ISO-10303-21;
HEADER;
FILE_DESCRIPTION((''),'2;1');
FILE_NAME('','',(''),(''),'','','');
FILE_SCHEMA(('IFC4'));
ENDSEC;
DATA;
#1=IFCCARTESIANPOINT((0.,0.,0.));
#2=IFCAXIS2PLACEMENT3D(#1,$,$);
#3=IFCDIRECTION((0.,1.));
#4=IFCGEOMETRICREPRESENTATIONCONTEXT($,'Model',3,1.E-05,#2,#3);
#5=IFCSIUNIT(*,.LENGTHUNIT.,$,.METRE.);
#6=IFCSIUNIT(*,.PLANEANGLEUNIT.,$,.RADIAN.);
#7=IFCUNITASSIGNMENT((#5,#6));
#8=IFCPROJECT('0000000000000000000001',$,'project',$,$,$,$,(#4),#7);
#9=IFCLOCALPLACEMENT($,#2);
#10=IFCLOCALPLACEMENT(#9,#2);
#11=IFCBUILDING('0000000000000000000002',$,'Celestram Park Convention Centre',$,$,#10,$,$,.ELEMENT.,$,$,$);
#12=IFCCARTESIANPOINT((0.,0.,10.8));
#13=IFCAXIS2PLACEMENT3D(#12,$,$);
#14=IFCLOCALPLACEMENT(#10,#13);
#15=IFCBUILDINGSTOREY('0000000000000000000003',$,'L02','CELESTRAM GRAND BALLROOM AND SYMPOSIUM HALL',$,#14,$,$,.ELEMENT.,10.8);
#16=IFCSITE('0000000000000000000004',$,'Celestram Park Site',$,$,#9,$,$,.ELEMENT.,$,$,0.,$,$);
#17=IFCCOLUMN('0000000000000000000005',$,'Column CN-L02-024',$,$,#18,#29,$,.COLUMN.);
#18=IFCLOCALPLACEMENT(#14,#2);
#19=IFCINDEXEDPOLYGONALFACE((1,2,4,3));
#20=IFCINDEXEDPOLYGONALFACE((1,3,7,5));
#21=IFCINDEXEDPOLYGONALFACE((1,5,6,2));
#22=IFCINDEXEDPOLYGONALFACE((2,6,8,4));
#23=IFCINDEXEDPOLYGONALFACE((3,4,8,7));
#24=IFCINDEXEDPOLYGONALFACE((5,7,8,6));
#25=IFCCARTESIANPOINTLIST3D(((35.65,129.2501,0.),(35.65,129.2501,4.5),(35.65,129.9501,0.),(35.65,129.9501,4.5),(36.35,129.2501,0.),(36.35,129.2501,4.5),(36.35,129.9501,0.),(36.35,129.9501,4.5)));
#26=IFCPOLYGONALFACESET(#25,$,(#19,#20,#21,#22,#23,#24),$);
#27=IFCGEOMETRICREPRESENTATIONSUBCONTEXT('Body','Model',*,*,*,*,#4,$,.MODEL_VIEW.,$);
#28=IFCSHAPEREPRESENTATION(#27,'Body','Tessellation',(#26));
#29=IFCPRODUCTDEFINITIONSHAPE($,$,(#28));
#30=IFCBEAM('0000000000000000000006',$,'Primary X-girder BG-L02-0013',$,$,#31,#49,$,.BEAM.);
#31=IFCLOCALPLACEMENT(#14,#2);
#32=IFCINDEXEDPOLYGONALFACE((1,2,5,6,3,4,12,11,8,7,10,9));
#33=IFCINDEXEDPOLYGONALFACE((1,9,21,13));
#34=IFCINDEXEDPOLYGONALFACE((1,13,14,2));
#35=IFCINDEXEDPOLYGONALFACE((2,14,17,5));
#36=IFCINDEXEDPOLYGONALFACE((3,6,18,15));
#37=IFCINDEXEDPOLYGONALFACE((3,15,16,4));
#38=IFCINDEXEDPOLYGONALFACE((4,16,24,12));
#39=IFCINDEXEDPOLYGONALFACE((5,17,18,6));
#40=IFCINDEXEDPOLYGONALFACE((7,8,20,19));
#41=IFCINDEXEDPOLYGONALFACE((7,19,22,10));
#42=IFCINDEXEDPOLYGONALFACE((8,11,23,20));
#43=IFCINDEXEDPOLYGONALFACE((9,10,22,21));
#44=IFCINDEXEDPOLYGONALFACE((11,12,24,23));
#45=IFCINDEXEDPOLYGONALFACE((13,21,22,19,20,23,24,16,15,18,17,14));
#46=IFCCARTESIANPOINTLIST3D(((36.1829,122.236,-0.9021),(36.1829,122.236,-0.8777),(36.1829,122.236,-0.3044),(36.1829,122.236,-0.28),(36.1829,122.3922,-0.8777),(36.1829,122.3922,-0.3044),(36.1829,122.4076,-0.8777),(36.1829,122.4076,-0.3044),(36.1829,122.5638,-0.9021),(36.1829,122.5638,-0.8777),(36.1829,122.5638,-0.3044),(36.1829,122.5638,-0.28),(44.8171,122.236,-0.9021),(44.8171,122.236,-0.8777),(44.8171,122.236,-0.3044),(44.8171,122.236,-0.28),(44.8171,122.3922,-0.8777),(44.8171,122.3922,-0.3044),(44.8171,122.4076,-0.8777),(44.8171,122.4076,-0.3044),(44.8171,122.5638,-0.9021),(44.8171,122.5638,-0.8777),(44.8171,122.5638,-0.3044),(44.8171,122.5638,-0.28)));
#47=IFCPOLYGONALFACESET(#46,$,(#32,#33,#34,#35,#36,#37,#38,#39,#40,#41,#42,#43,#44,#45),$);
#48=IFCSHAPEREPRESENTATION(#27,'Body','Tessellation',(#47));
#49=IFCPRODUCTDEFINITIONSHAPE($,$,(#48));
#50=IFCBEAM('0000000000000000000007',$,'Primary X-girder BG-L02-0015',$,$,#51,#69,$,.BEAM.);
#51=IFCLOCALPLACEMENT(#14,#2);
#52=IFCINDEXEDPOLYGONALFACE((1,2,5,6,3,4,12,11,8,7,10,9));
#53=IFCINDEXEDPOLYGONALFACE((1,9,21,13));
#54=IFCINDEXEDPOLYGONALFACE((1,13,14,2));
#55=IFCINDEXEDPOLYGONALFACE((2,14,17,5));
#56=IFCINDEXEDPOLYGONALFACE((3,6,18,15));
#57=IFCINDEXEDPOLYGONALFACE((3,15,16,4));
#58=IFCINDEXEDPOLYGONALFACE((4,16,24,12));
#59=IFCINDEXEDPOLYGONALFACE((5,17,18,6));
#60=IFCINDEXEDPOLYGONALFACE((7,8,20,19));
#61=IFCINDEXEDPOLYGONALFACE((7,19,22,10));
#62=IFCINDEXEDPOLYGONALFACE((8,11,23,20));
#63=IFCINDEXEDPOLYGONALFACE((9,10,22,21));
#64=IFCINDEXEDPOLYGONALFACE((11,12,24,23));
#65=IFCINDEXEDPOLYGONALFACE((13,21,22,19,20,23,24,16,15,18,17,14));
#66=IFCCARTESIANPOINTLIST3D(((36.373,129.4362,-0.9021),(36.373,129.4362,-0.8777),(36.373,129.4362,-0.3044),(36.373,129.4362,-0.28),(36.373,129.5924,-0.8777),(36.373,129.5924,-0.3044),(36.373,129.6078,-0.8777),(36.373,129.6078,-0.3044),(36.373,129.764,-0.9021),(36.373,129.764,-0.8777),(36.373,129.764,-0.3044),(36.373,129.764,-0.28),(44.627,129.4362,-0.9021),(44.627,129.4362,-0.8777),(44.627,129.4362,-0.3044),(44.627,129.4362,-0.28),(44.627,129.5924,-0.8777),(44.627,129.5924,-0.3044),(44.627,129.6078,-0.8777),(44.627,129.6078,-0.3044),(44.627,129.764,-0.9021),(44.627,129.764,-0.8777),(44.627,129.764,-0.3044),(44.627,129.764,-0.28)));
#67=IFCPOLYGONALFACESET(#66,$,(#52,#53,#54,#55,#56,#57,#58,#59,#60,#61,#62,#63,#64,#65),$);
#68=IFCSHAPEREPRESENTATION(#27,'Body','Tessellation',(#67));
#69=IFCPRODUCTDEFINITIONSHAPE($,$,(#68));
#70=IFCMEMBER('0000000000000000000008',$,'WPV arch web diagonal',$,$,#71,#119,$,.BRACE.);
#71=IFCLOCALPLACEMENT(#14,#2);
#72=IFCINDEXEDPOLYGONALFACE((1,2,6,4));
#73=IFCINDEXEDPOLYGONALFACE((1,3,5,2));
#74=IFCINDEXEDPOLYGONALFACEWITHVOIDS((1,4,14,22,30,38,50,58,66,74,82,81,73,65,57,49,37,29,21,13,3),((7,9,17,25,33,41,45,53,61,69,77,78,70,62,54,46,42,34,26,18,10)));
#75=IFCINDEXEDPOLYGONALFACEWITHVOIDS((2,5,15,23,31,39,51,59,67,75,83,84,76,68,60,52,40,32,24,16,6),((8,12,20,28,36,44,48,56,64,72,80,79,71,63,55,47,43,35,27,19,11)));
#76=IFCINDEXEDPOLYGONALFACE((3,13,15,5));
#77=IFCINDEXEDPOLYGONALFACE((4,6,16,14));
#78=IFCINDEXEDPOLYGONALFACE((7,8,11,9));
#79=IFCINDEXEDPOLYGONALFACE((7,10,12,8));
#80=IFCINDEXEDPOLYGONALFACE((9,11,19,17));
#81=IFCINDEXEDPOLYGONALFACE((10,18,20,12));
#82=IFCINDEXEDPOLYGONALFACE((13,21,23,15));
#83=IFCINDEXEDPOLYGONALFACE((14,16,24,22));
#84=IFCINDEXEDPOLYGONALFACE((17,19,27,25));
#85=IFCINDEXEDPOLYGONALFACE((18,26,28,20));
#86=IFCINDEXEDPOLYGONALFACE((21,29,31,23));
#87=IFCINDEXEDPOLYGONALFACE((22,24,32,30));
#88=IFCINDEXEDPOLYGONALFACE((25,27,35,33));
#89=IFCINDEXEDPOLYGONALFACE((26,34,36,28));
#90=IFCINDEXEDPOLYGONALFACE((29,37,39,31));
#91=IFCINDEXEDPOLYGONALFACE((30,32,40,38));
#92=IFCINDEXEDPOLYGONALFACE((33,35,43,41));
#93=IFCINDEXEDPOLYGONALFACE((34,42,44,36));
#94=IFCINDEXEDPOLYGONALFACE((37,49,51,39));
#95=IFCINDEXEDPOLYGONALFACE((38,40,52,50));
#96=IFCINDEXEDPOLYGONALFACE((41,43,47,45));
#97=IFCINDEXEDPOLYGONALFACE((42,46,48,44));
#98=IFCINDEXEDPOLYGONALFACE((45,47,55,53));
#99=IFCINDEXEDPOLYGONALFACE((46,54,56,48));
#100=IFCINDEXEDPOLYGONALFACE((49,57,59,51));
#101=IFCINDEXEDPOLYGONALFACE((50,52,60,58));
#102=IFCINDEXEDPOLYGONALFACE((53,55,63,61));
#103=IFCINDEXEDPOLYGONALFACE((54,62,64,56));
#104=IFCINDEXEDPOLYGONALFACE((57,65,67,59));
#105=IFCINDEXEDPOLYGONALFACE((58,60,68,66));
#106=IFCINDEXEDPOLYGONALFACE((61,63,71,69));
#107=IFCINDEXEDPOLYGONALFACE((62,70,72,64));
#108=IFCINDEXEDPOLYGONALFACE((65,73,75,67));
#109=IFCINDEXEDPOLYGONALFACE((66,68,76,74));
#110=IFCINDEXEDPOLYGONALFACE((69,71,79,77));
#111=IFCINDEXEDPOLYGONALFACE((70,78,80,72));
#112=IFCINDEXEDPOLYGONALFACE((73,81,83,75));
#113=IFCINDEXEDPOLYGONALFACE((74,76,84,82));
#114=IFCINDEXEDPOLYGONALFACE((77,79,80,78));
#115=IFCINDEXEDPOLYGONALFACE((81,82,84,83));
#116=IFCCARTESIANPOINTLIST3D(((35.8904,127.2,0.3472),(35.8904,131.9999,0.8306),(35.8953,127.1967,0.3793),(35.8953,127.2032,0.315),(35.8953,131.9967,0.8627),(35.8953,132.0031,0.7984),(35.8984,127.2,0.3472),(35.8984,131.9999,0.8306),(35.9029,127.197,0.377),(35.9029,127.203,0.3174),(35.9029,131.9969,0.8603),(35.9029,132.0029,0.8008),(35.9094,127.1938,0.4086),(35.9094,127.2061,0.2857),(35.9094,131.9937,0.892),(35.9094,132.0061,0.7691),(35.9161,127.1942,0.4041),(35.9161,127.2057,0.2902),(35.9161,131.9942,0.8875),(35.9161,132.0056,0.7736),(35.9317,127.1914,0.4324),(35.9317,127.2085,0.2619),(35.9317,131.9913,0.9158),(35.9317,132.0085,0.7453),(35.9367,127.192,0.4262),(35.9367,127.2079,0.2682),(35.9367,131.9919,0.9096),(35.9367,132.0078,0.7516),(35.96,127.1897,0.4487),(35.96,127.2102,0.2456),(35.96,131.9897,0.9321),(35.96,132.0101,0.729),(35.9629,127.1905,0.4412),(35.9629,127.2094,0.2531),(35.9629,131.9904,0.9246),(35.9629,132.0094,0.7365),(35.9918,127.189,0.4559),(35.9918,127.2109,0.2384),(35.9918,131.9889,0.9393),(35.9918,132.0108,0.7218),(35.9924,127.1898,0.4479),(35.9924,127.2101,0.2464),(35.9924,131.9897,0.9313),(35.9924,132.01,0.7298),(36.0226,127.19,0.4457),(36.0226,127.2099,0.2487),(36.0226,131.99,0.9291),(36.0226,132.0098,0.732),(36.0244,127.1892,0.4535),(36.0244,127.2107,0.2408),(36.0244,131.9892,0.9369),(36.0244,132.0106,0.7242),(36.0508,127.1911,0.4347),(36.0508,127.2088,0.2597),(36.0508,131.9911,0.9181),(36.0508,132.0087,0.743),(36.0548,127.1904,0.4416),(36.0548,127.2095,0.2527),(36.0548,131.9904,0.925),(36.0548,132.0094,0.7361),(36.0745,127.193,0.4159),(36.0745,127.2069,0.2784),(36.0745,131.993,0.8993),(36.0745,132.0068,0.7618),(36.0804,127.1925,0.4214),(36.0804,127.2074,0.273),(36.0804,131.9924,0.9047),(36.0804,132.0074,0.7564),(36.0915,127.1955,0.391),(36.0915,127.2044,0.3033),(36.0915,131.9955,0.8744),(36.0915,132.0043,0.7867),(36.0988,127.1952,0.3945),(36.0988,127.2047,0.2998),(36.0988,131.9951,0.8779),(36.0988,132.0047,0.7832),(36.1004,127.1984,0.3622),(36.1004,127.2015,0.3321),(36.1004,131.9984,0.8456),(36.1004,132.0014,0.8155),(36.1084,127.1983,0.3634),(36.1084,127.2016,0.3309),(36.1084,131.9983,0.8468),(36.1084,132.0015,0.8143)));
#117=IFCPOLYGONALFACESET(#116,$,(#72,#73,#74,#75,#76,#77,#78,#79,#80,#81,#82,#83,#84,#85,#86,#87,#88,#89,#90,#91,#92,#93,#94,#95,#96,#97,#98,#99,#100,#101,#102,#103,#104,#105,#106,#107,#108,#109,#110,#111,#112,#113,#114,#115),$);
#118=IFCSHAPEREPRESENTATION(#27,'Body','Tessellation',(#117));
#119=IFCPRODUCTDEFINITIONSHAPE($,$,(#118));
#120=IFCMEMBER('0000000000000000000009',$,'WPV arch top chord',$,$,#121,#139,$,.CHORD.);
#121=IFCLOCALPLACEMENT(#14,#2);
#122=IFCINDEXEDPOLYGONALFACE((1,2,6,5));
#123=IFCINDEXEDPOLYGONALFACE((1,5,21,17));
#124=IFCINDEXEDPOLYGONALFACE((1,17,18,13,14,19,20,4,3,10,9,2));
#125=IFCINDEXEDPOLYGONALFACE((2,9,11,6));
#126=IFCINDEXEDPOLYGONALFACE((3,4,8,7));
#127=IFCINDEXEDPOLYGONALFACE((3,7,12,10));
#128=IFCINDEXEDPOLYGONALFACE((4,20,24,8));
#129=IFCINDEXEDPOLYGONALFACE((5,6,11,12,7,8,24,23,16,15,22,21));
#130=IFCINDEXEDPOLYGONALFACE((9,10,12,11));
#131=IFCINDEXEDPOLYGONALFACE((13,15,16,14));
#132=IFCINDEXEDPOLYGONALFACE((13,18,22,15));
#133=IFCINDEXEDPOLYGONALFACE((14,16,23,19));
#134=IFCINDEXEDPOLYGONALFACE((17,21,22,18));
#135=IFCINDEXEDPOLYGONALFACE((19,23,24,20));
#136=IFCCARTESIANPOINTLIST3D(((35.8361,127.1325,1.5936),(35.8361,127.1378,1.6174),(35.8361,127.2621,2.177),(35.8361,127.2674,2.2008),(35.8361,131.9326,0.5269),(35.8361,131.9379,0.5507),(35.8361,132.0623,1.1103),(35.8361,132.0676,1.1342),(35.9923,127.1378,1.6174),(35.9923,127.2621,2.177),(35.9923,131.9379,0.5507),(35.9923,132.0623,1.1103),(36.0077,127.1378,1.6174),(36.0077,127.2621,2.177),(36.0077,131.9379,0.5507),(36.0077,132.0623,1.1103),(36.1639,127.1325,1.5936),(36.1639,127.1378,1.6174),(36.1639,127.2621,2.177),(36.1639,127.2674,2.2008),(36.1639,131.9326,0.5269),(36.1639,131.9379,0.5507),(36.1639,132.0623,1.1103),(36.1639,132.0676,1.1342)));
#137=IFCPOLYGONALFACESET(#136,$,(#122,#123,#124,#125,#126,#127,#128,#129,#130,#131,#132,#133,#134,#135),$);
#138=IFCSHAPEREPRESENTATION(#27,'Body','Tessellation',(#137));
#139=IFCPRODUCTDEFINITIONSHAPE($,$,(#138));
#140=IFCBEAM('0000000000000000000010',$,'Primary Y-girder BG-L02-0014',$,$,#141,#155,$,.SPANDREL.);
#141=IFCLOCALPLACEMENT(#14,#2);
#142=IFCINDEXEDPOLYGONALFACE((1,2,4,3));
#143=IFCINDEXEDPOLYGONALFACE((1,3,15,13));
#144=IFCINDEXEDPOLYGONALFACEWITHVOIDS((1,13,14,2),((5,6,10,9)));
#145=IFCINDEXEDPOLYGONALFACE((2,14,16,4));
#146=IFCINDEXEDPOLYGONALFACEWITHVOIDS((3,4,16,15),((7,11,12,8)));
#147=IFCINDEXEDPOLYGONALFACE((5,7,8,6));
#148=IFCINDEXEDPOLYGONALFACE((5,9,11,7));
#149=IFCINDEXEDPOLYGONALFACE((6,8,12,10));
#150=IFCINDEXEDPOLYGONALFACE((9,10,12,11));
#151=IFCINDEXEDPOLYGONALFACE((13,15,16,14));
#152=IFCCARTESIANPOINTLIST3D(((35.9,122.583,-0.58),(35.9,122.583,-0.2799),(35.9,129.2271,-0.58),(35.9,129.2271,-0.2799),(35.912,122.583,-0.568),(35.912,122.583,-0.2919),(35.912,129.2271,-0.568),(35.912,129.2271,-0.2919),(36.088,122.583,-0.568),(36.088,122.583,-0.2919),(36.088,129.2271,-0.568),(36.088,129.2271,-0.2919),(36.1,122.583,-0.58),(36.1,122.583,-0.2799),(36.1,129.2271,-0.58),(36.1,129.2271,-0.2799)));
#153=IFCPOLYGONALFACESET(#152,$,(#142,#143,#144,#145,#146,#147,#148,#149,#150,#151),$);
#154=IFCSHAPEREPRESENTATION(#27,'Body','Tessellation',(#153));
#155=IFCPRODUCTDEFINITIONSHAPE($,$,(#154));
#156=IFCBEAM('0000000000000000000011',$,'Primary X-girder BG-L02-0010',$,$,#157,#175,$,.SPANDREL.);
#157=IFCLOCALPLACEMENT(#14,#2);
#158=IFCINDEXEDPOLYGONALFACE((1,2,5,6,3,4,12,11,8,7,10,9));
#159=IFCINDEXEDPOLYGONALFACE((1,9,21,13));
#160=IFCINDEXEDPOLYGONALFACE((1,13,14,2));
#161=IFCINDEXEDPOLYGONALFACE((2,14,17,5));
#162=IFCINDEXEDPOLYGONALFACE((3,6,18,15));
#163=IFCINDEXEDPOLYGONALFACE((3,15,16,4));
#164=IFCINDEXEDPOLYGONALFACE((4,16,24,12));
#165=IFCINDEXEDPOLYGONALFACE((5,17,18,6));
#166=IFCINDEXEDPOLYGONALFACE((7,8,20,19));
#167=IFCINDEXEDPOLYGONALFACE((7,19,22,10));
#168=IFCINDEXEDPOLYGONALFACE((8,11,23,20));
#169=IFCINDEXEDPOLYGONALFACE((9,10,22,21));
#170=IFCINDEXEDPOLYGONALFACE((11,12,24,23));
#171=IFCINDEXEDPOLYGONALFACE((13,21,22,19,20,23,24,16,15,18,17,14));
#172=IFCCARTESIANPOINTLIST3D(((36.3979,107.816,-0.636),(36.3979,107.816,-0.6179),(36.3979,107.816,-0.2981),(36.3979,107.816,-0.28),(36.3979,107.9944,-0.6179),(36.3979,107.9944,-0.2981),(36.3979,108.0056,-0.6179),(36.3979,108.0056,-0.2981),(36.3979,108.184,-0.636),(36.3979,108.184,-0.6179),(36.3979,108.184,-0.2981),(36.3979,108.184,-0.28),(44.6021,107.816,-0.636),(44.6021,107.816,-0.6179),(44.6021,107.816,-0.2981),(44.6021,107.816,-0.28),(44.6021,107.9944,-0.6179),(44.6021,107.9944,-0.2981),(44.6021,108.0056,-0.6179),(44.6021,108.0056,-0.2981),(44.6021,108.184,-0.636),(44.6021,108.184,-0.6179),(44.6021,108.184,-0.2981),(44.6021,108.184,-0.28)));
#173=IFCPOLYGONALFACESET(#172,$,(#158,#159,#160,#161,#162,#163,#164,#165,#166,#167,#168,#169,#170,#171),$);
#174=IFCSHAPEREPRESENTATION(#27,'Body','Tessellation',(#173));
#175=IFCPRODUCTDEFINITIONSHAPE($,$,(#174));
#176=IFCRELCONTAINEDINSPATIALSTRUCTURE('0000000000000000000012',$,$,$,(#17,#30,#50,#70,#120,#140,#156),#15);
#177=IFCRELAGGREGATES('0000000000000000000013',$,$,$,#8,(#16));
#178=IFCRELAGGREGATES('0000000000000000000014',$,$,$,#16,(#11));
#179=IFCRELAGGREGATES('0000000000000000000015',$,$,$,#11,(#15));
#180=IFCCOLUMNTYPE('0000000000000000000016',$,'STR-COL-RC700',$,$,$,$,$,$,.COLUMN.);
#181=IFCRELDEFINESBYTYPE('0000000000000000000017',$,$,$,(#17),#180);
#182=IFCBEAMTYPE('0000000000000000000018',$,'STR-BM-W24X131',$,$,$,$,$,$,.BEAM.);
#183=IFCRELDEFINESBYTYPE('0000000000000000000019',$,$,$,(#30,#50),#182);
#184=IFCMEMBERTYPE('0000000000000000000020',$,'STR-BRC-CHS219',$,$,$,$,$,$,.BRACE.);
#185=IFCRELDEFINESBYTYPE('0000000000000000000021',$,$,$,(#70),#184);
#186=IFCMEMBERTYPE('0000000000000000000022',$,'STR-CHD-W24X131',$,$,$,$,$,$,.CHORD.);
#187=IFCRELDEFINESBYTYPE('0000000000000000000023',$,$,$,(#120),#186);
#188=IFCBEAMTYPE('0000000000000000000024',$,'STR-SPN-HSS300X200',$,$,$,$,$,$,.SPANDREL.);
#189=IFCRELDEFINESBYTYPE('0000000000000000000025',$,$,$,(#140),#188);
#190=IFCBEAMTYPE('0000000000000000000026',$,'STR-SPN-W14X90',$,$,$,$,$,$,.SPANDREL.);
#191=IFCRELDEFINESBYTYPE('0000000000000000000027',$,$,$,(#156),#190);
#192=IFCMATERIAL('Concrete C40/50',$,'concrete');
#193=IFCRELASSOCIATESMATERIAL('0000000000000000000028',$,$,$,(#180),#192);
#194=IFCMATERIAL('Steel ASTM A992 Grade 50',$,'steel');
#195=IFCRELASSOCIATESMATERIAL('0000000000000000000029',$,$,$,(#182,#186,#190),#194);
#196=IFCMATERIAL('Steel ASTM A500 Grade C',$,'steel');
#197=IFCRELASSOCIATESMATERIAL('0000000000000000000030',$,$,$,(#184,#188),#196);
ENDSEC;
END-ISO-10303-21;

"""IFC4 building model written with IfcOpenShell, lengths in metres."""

from ifc_helpers import new_model, si_unit, direction, frame, origin, origin_2d, place, context, subcontext, project, spatial, rectangle, hollow_rectangle, hollow_circle, i_section, extrude, material, material_profile, profile_set, type_object, element, save


model = new_model("IFC4")

# Units and contexts
model_context = context("Model", 3, precision=1e-05, world=origin(), true_north=direction((0.0, 1.0)))
body_context = subcontext(model_context, "Body", "Model", "MODEL_VIEW")
ifc_project = project(units=[si_unit("LENGTHUNIT", "METRE"), si_unit("PLANEANGLEUNIT", "RADIAN")], contexts=[model_context])

# Site, building, storey
site_placement = place(None, origin())
site = spatial("IfcSite", under=ifc_project, at=site_placement, Name="Celestram Park Site", CompositionType="ELEMENT", RefElevation=0.0)
building_placement = place(site_placement, origin())
building = spatial("IfcBuilding", under=site, at=building_placement, Name="Celestram Park Convention Centre", CompositionType="ELEMENT")
storey_placement = place(building_placement, frame((0.0, 0.0, 10.8)))
storey = spatial("IfcBuildingStorey", under=building, at=storey_placement, Name="L02", Description="CELESTRAM GRAND BALLROOM AND SYMPOSIUM HALL", CompositionType="ELEMENT", Elevation=10.8)

# Column
ifc_material_1 = material(Name="Concrete C40/50", Category="concrete")
ifc_material_profile_1 = material_profile(ifc_material_1, rectangle(XDim=0.7, YDim=0.7, at=origin_2d()), Name="RC700X700")
ifc_profile_set_1 = profile_set([ifc_material_profile_1], Name="Concrete C40/50")
column_type = type_object("IfcColumnType", Name="STR-COL-RC700", PredefinedType="COLUMN", material=ifc_profile_set_1)
column_placement = place(storey_placement, frame((36.0, 129.6001, 0.0), z_axis=(0.0, 0.0, 1.0), x_axis=(1.0, 0.0, 0.0)))
element("IfcColumn", 1, at=column_placement, inside=storey, type_object=column_type, Name="Column CN-L02-024", PredefinedType="COLUMN", context=body_context, shape_type="SweptSolid", body=[
    extrude(rectangle(XDim=0.7, YDim=0.7, at=origin_2d()), origin(), (0.0, 0.0, 1.0), 4.5),
])

# Beams
ifc_material_2 = material(Name="Steel ASTM A992 Grade 50", Category="steel")
ifc_material_profile_2 = material_profile(ifc_material_2, i_section(OverallWidth=0.3279, OverallDepth=0.6221, WebThickness=0.0154, FlangeThickness=0.0244, at=origin_2d()), Name="W24X131")
ifc_profile_set_2 = profile_set([ifc_material_profile_2], Name="Steel ASTM A992 Grade 50")
beam_type_1 = type_object("IfcBeamType", Name="STR-BM-W24X131", PredefinedType="BEAM", material=ifc_profile_set_2)
beam_1_placement = place(storey_placement, frame((36.1829, 122.3999, -0.5911), z_axis=(1.0, 0.0, 0.0), x_axis=(0.0, 1.0, 0.0)))
element("IfcBeam", 2, at=beam_1_placement, inside=storey, type_object=beam_type_1, Name="Primary X-girder BG-L02-0013", PredefinedType="BEAM", context=body_context, shape_type="SweptSolid", body=[
    extrude(i_section(OverallWidth=0.3279, OverallDepth=0.6221, WebThickness=0.0154, FlangeThickness=0.0244, at=origin_2d()), origin(), (0.0, 0.0, 1.0), 8.6343),
])
beam_2_placement = place(storey_placement, frame((36.373, 129.6001, -0.5911), z_axis=(1.0, 0.0, 0.0), x_axis=(0.0, 1.0, 0.0)))
element("IfcBeam", 3, at=beam_2_placement, inside=storey, type_object=beam_type_1, Name="Primary X-girder BG-L02-0015", PredefinedType="BEAM", context=body_context, shape_type="SweptSolid", body=[
    extrude(i_section(OverallWidth=0.3279, OverallDepth=0.6221, WebThickness=0.0154, FlangeThickness=0.0244, at=origin_2d()), origin(), (0.0, 0.0, 1.0), 8.2539),
])

# Members
ifc_material_3 = material(Name="Steel ASTM A500 Grade C", Category="steel")
ifc_material_profile_3 = material_profile(ifc_material_3, hollow_circle(Radius=0.1096, WallThickness=0.0081, at=origin_2d()), Name="CHS219X8")
ifc_profile_set_3 = profile_set([ifc_material_profile_3], Name="Steel ASTM A500 Grade C")
member_type_1 = type_object("IfcMemberType", Name="STR-BRC-CHS219", PredefinedType="BRACE", material=ifc_profile_set_3)
member_1_placement = place(storey_placement, frame((36.0, 127.2, 0.3472), z_axis=(0.0, 0.994967, 0.1002), x_axis=(-1.0, 0.0, 0.0)))
element("IfcMember", 4, at=member_1_placement, inside=storey, type_object=member_type_1, Name="WPV arch web diagonal", PredefinedType="BRACE", context=body_context, shape_type="SweptSolid", body=[
    extrude(hollow_circle(Radius=0.1096, WallThickness=0.0081, at=origin_2d()), origin(), (0.0, 0.0, 1.0), 4.8242),
])
ifc_material_profile_4 = material_profile(ifc_material_2, i_section(OverallWidth=0.3279, OverallDepth=0.6221, WebThickness=0.0154, FlangeThickness=0.0244, at=origin_2d()), Name="W24X131")
ifc_profile_set_4 = profile_set([ifc_material_profile_4], Name="Steel ASTM A992 Grade 50")
member_type_2 = type_object("IfcMemberType", Name="STR-CHD-W24X131", PredefinedType="CHORD", material=ifc_profile_set_4)
member_2_placement = place(storey_placement, frame((36.0, 127.2, 1.8972), z_axis=(0.0, 0.976188, -0.216925), x_axis=(-1.0, 0.0, 0.0)))
element("IfcMember", 5, at=member_2_placement, inside=storey, type_object=member_type_2, Name="WPV arch top chord", PredefinedType="CHORD", context=body_context, shape_type="SweptSolid", body=[
    extrude(i_section(OverallWidth=0.3279, OverallDepth=0.6221, WebThickness=0.0154, FlangeThickness=0.0244, at=origin_2d()), origin(), (0.0, 0.0, 1.0), 4.9172),
])

# Beams
ifc_material_profile_5 = material_profile(ifc_material_3, hollow_rectangle(XDim=0.2, YDim=0.3, WallThickness=0.012, at=origin_2d()), Name="HSS300X200X12")
ifc_profile_set_5 = profile_set([ifc_material_profile_5], Name="Steel ASTM A500 Grade C")
beam_type_2 = type_object("IfcBeamType", Name="STR-SPN-HSS300X200", PredefinedType="SPANDREL", material=ifc_profile_set_5)
beam_3_placement = place(storey_placement, frame((36.0, 122.583, -0.4299), z_axis=(0.0, 1.0, 0.0), x_axis=(-1.0, 0.0, 0.0)))
element("IfcBeam", 6, at=beam_3_placement, inside=storey, type_object=beam_type_2, Name="Primary Y-girder BG-L02-0014", PredefinedType="SPANDREL", context=body_context, shape_type="SweptSolid", body=[
    extrude(hollow_rectangle(XDim=0.2, YDim=0.3, WallThickness=0.012, at=origin_2d()), origin(), (0.0, 0.0, 1.0), 6.644),
])
ifc_material_profile_6 = material_profile(ifc_material_2, i_section(OverallWidth=0.3679, OverallDepth=0.356, WebThickness=0.0112, FlangeThickness=0.0181, at=origin_2d()), Name="W14X90")
ifc_profile_set_6 = profile_set([ifc_material_profile_6], Name="Steel ASTM A992 Grade 50")
beam_type_3 = type_object("IfcBeamType", Name="STR-SPN-W14X90", PredefinedType="SPANDREL", material=ifc_profile_set_6)
beam_4_placement = place(storey_placement, frame((36.3979, 108.0, -0.458), z_axis=(1.0, 0.0, 0.0), x_axis=(0.0, 1.0, 0.0)))
element("IfcBeam", 7, at=beam_4_placement, inside=storey, type_object=beam_type_3, Name="Primary X-girder BG-L02-0010", PredefinedType="SPANDREL", context=body_context, shape_type="SweptSolid", body=[
    extrude(i_section(OverallWidth=0.3679, OverallDepth=0.356, WebThickness=0.0112, FlangeThickness=0.0181, at=origin_2d()), origin(), (0.0, 0.0, 1.0), 8.2041),
])

save(model, "model.ifc")
